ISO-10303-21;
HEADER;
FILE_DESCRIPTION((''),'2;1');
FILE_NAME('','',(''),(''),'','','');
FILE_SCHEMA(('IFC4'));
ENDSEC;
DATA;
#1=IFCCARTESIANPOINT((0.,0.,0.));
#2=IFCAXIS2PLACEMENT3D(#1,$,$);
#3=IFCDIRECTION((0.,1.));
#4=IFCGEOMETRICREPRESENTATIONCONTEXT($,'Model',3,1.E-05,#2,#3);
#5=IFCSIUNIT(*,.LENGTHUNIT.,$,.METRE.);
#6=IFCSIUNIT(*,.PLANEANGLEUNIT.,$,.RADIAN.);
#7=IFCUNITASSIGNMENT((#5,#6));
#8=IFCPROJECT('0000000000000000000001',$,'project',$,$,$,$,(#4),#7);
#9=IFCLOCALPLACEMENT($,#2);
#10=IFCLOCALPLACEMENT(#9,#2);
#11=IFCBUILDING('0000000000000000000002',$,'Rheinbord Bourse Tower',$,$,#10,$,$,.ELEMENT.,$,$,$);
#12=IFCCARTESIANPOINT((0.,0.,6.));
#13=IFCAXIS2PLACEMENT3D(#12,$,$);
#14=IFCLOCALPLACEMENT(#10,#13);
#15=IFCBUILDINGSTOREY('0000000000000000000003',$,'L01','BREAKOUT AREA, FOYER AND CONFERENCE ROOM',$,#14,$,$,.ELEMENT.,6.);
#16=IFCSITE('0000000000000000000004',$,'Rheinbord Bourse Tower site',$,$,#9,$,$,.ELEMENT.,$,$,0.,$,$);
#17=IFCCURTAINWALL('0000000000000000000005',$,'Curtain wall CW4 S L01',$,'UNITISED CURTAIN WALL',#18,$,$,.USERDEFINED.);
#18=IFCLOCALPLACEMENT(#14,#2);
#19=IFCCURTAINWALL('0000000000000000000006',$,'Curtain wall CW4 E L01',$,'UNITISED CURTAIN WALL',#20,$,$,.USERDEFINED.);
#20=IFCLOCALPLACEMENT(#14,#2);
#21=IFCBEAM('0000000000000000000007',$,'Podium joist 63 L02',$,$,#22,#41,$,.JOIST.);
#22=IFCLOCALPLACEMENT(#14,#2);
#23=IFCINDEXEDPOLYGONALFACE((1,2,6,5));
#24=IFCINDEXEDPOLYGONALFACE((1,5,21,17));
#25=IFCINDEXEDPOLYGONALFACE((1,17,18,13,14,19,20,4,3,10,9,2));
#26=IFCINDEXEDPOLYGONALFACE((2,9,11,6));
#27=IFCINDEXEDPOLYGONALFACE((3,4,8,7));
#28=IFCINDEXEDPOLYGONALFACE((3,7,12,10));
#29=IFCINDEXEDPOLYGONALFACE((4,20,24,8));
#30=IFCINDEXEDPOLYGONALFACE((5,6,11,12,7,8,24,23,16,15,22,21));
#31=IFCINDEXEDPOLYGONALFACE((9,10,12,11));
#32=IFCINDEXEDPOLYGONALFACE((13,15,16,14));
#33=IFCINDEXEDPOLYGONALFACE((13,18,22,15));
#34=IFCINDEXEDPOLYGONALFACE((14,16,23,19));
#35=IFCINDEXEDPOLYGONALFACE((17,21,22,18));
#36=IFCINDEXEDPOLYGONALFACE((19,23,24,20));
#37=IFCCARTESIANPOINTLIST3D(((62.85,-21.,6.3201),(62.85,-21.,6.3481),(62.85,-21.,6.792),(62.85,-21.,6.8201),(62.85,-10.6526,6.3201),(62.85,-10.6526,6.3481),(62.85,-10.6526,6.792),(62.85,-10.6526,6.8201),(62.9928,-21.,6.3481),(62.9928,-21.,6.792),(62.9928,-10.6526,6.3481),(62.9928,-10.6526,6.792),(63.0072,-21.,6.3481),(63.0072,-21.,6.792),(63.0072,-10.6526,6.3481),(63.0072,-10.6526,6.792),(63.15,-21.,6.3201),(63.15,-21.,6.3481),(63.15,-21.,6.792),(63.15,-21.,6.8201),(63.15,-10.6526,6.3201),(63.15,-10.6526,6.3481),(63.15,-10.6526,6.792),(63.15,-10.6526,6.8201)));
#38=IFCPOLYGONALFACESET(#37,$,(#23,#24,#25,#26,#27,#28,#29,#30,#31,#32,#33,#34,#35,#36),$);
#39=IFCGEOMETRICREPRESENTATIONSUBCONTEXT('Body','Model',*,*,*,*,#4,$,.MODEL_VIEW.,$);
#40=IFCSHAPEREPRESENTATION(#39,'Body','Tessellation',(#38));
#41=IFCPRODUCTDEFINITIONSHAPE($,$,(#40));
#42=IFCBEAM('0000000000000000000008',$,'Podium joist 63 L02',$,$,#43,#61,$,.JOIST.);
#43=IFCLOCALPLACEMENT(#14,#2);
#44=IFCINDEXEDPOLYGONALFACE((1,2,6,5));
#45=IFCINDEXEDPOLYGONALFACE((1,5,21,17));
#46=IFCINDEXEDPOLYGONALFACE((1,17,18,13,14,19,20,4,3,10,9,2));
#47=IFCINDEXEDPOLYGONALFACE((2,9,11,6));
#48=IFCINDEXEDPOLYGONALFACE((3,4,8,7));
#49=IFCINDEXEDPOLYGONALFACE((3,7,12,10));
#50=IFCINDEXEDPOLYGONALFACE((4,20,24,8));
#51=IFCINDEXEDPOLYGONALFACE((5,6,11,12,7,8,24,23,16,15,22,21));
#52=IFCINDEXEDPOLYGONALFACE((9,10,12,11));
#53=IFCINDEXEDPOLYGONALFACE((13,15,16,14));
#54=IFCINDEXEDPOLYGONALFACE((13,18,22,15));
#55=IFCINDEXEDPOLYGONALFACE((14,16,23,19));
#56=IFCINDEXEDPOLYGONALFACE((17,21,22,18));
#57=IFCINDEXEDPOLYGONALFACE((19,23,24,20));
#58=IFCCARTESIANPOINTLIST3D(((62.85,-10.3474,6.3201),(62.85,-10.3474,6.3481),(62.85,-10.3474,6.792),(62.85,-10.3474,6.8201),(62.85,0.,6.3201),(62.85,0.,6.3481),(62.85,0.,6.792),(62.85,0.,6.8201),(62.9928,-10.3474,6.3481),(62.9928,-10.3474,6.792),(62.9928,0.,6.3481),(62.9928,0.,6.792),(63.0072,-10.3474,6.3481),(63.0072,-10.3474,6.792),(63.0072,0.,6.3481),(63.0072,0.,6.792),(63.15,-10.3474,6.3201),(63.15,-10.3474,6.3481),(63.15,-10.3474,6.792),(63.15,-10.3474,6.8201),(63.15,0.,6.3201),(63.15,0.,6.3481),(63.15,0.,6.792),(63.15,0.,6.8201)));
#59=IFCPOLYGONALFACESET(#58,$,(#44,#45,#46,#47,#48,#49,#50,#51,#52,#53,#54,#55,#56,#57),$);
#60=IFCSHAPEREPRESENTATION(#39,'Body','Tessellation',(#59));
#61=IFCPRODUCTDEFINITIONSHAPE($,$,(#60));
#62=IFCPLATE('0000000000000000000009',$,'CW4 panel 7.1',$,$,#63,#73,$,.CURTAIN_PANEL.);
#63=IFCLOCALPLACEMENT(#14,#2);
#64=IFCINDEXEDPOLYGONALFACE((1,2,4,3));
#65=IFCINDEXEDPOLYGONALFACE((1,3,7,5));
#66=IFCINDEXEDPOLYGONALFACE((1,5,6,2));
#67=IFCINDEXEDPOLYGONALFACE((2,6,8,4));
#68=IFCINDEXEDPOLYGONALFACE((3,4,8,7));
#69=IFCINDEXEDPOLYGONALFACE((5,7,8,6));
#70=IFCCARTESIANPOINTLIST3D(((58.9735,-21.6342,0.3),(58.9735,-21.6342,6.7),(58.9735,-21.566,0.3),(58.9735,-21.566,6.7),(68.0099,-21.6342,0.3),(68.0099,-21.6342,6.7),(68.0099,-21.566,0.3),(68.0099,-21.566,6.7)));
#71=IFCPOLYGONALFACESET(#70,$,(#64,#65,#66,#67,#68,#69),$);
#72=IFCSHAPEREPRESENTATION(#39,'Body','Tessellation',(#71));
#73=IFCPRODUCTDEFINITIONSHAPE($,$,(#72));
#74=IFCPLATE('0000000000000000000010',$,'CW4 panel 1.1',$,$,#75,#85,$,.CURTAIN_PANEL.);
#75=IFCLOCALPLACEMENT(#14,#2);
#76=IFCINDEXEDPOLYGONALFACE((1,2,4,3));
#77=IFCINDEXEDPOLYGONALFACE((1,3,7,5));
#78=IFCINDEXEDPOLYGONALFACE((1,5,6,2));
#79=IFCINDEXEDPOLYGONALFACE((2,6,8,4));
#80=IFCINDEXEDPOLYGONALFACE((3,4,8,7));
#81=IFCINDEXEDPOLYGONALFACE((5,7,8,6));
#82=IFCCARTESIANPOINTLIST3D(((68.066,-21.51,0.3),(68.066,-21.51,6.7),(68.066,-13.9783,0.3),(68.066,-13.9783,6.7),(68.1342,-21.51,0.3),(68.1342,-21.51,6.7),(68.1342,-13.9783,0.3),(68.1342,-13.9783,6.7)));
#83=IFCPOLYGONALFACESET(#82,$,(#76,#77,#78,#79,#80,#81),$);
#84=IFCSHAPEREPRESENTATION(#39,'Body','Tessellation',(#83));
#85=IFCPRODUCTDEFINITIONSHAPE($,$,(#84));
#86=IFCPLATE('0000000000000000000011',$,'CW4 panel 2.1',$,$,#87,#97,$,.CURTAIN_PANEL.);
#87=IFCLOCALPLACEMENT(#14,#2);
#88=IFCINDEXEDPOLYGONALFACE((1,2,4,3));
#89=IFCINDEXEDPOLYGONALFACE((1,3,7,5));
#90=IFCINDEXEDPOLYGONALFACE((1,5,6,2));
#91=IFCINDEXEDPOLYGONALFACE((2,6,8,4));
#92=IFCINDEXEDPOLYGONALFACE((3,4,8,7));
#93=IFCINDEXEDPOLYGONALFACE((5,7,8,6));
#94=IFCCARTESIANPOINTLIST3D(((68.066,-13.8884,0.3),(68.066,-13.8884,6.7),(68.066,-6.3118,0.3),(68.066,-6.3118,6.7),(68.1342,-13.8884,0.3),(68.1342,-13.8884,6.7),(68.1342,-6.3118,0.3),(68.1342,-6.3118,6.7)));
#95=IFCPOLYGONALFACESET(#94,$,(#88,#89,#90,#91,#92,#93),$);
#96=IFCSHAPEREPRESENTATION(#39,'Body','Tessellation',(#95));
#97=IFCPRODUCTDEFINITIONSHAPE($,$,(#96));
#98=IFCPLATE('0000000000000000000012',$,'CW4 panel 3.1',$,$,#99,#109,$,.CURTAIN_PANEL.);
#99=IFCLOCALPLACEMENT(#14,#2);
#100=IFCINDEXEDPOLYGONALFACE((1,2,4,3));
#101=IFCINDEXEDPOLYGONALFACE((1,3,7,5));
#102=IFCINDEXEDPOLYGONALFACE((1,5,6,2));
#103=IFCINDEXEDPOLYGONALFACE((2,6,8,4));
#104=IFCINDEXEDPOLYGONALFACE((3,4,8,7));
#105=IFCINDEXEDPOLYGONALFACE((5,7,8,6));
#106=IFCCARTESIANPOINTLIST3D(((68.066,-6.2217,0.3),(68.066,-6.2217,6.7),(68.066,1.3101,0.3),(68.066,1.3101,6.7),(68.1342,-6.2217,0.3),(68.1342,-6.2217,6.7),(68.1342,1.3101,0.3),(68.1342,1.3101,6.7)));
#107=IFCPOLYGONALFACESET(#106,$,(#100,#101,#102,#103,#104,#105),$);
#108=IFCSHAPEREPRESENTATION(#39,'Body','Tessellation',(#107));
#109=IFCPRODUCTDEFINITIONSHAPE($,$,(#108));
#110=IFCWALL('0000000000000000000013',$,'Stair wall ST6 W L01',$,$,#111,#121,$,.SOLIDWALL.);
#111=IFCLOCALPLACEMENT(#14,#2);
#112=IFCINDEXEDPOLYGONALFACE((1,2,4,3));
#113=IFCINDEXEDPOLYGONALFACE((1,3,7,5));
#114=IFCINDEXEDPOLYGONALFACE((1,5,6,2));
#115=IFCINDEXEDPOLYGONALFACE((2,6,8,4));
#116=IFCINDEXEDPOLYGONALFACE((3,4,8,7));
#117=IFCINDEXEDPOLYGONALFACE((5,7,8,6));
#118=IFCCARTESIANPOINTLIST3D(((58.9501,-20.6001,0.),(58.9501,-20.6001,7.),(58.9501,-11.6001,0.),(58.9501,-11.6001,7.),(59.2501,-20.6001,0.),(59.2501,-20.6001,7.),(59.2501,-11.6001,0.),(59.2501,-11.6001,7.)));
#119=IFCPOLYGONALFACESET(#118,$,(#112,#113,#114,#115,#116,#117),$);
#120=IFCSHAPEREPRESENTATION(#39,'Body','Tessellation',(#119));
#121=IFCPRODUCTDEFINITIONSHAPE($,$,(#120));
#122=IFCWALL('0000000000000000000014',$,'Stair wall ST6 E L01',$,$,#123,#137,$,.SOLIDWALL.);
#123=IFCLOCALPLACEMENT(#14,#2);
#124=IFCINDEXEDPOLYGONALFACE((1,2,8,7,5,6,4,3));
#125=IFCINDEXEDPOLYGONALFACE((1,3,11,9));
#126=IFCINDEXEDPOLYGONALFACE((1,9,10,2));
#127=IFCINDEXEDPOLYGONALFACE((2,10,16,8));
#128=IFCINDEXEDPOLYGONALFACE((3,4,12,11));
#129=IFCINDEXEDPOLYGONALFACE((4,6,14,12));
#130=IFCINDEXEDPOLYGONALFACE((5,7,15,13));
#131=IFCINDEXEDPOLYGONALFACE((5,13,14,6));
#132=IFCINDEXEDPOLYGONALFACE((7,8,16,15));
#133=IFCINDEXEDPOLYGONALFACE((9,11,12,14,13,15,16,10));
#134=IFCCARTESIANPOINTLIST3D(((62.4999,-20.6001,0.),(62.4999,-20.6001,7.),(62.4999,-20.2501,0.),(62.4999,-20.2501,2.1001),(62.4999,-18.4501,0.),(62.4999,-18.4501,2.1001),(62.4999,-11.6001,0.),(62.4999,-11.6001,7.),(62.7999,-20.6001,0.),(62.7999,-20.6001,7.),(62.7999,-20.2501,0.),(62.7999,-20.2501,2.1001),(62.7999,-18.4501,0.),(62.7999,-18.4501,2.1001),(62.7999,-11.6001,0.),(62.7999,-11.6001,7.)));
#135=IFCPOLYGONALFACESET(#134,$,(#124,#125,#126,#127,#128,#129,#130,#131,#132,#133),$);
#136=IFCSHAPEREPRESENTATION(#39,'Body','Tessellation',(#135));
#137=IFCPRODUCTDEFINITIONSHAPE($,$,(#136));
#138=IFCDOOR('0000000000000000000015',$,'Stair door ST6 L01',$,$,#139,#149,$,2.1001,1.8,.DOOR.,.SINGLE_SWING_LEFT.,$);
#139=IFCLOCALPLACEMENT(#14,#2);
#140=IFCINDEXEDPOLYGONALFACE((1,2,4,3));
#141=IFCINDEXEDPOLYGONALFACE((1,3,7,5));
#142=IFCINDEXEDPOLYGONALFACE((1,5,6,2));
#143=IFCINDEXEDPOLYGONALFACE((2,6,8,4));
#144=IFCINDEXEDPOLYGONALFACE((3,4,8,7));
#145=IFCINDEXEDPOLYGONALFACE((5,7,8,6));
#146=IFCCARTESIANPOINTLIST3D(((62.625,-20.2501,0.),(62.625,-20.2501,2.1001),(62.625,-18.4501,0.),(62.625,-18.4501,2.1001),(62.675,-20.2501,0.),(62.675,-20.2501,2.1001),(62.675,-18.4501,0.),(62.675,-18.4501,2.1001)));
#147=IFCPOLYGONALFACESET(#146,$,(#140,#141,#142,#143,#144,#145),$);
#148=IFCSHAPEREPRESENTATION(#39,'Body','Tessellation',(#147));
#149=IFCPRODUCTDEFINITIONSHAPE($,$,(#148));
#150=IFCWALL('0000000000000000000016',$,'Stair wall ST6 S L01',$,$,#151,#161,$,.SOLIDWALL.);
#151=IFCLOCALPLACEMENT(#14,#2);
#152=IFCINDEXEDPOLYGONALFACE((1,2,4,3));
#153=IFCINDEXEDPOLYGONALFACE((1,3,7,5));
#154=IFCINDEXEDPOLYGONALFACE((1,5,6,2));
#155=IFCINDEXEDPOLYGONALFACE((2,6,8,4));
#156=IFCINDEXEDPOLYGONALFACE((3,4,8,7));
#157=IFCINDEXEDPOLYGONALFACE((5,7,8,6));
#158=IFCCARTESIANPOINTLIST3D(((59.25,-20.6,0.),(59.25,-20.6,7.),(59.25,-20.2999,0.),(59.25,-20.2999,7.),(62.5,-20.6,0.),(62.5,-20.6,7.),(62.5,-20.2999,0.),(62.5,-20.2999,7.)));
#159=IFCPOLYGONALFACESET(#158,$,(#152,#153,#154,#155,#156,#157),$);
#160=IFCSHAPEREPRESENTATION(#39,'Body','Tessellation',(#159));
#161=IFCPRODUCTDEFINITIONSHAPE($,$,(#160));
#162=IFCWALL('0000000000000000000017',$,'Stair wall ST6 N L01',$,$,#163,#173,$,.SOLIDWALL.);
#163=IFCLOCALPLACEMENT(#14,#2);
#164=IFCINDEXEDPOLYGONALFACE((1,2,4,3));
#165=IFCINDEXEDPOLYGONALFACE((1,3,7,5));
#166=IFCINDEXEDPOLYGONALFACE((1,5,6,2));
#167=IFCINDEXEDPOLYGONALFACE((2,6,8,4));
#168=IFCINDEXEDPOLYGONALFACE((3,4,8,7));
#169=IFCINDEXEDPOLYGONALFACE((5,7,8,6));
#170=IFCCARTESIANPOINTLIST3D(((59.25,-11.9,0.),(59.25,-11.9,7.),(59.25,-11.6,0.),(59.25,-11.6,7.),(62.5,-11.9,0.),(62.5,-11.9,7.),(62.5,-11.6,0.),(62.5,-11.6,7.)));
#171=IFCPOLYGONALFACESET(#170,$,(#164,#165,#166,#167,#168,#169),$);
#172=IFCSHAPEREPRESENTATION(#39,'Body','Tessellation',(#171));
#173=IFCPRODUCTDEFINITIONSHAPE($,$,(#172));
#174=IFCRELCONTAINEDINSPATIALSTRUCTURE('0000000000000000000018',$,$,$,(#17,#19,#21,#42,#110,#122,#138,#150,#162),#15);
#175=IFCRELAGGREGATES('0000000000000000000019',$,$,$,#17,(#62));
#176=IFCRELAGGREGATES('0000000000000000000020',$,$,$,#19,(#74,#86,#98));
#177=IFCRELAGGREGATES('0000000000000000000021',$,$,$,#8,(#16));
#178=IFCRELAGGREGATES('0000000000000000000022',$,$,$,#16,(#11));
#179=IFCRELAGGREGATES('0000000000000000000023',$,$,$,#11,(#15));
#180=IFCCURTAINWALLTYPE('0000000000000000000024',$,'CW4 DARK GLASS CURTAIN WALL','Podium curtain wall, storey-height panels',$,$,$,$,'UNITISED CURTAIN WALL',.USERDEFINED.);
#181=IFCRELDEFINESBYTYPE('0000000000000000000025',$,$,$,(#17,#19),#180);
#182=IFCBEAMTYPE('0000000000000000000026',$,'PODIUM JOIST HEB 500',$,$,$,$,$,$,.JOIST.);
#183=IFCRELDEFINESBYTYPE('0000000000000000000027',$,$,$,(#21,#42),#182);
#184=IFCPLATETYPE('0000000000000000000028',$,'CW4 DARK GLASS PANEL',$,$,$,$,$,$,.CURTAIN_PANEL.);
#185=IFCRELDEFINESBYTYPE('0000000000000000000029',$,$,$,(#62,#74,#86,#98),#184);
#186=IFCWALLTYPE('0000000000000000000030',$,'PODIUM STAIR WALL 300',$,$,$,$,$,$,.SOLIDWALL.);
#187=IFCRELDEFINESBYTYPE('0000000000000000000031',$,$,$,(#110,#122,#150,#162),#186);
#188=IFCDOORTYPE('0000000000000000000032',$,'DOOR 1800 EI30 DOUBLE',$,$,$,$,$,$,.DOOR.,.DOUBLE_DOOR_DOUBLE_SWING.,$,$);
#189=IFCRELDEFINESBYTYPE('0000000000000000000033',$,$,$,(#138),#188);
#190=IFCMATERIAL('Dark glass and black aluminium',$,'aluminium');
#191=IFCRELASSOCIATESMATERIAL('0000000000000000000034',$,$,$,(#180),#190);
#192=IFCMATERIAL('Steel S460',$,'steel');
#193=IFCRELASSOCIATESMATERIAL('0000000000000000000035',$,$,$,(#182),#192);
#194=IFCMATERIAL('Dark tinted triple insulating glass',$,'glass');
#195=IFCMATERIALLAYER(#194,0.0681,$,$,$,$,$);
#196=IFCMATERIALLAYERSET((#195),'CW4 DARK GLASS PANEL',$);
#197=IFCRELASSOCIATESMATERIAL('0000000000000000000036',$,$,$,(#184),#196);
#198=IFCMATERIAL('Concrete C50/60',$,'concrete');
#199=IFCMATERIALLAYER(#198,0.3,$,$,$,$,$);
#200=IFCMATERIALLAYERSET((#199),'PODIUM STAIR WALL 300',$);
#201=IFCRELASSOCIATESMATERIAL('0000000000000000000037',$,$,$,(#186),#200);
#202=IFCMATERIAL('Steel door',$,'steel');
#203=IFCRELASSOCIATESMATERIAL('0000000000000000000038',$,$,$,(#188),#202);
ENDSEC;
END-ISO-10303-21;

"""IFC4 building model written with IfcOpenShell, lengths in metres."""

from ifc_helpers import new_model, si_unit, direction, frame, frame_2d, origin, origin_2d, place, context, subcontext, project, spatial, rectangle, i_section, extrude, material, layer, layer_set, material_profile, profile_set, type_object, element, fill, aggregate, save


model = new_model("IFC4")

# Units and contexts
model_context = context("Model", 3, precision=1e-05, world=origin(), true_north=direction((0.0, 1.0)))
body_context = subcontext(model_context, "Body", "Model", "MODEL_VIEW")
ifc_project = project(units=[si_unit("LENGTHUNIT", "METRE"), si_unit("PLANEANGLEUNIT", "RADIAN")], contexts=[model_context])

# Site, building, storey
site_placement = place(None, origin())
site = spatial("IfcSite", under=ifc_project, at=site_placement, Name="Rheinbord Bourse Tower site", CompositionType="ELEMENT", RefElevation=0.0)
building_placement = place(site_placement, origin())
building = spatial("IfcBuilding", under=site, at=building_placement, Name="Rheinbord Bourse Tower", CompositionType="ELEMENT")
storey_placement = place(building_placement, frame((0.0, 0.0, 6.0)))
storey = spatial("IfcBuildingStorey", under=building, at=storey_placement, Name="L01", Description="BREAKOUT AREA, FOYER AND CONFERENCE ROOM", CompositionType="ELEMENT", Elevation=6.0)

# Curtain walls
ifc_material_1 = material(Name="Dark glass and black aluminium", Category="aluminium")
curtain_wall_type = type_object("IfcCurtainWallType", Name="CW4 DARK GLASS CURTAIN WALL", Description="Podium curtain wall, storey-height panels", ElementType="UNITISED CURTAIN WALL", PredefinedType="USERDEFINED", material=ifc_material_1)
curtain_wall_1_placement = place(storey_placement, origin())
curtain_wall_1 = element("IfcCurtainWall", 1, at=curtain_wall_1_placement, inside=storey, type_object=curtain_wall_type, Name="Curtain wall CW4 S L01", ObjectType="UNITISED CURTAIN WALL", PredefinedType="USERDEFINED")
curtain_wall_2_placement = place(storey_placement, origin())
curtain_wall_2 = element("IfcCurtainWall", 2, at=curtain_wall_2_placement, inside=storey, type_object=curtain_wall_type, Name="Curtain wall CW4 E L01", ObjectType="UNITISED CURTAIN WALL", PredefinedType="USERDEFINED")

# Beams
ifc_material_2 = material(Name="Steel S460", Category="steel")
ifc_material_profile_1 = material_profile(ifc_material_2, i_section(OverallWidth=0.3, OverallDepth=0.5, WebThickness=0.0144, FlangeThickness=0.0281, at=origin_2d()), Name="HEB 500")
ifc_profile_set_1 = profile_set([ifc_material_profile_1], Name="Steel S460")
beam_type_1 = type_object("IfcBeamType", Name="PODIUM JOIST HEB 500", PredefinedType="JOIST", material=ifc_profile_set_1)
for number, where, z_axis, x_axis, name in (
    (3, (63.0, -21.0, 6.5701), (0.0, 1.0, 0.0), (-1.0, 0.0, 0.0), "Podium joist 63 L02"),
    (4, (63.0, -10.3474, 6.5701), (0.0, 1.0, 0.0), (-1.0, 0.0, 0.0), "Podium joist 63 L02"),
):
    element("IfcBeam", number, at=place(storey_placement, frame(where, z_axis=z_axis, x_axis=x_axis)), inside=storey, type_object=beam_type_1, Name=name, PredefinedType="JOIST", context=body_context, shape_type="SweptSolid", body=[
        extrude(i_section(OverallWidth=0.3, OverallDepth=0.5, WebThickness=0.0144, FlangeThickness=0.0281, at=origin_2d()), origin(), (0.0, 0.0, 1.0), 10.3474),
    ])

# Plates
ifc_material_3 = material(Name="Dark tinted triple insulating glass", Category="glass")
ifc_layer_1 = layer(ifc_material_3, 0.0681)
ifc_layer_set_1 = layer_set([ifc_layer_1], Name="CW4 DARK GLASS PANEL")
plate_type = type_object("IfcPlateType", Name="CW4 DARK GLASS PANEL", PredefinedType="CURTAIN_PANEL", material=ifc_layer_set_1)
plate_1_placement = place(storey_placement, frame((63.4917, -21.6001, 0.3), z_axis=(0.0, 0.0, 1.0), x_axis=(1.0, 0.0, 0.0)))
plate_1 = element("IfcPlate", 5, at=plate_1_placement, type_object=plate_type, Name="CW4 panel 7.1", PredefinedType="CURTAIN_PANEL", context=body_context, shape_type="SweptSolid", body=[
    extrude(rectangle(XDim=9.0364, YDim=0.0681, at=origin_2d()), origin(), (0.0, 0.0, 1.0), 6.3999),
])
aggregate(curtain_wall_1, [plate_1])
plate_2_placement = place(storey_placement, frame((68.1001, -17.7441, 0.3), z_axis=(0.0, 0.0, 1.0), x_axis=(0.0, 1.0, 0.0)))
plate_2 = element("IfcPlate", 6, at=plate_2_placement, type_object=plate_type, Name="CW4 panel 1.1", PredefinedType="CURTAIN_PANEL", context=body_context, shape_type="SweptSolid", body=[
    extrude(rectangle(XDim=7.5317, YDim=0.0681, at=origin_2d()), origin(), (0.0, 0.0, 1.0), 6.3999),
])
plate_3_placement = place(storey_placement, frame((68.1001, -10.1001, 0.3), z_axis=(0.0, 0.0, 1.0), x_axis=(0.0, 1.0, 0.0)))
plate_3 = element("IfcPlate", 7, at=plate_3_placement, type_object=plate_type, Name="CW4 panel 2.1", PredefinedType="CURTAIN_PANEL", context=body_context, shape_type="SweptSolid", body=[
    extrude(rectangle(XDim=7.5767, YDim=0.0681, at=origin_2d()), origin(), (0.0, 0.0, 1.0), 6.3999),
])
plate_4_placement = place(storey_placement, frame((68.1001, -2.4558, 0.3), z_axis=(0.0, 0.0, 1.0), x_axis=(0.0, 1.0, 0.0)))
plate_4 = element("IfcPlate", 8, at=plate_4_placement, type_object=plate_type, Name="CW4 panel 3.1", PredefinedType="CURTAIN_PANEL", context=body_context, shape_type="SweptSolid", body=[
    extrude(rectangle(XDim=7.5317, YDim=0.0681, at=origin_2d()), origin(), (0.0, 0.0, 1.0), 6.3999),
])
aggregate(curtain_wall_2, [plate_2, plate_3, plate_4])

# Wall
ifc_material_4 = material(Name="Concrete C50/60", Category="concrete")
ifc_layer_2 = layer(ifc_material_4, 0.3)
ifc_layer_set_2 = layer_set([ifc_layer_2], Name="PODIUM STAIR WALL 300")
wall_type = type_object("IfcWallType", Name="PODIUM STAIR WALL 300", PredefinedType="SOLIDWALL", material=ifc_layer_set_2)
wall_1_placement = place(storey_placement, frame((59.1001, -20.6001, 0.0), z_axis=(0.0, 0.0, 1.0), x_axis=(0.0, 1.0, 0.0)))
element("IfcWall", 9, at=wall_1_placement, inside=storey, type_object=wall_type, Name="Stair wall ST6 W L01", PredefinedType="SOLIDWALL", context=body_context, shape_type="SweptSolid", body=[
    extrude(rectangle(XDim=9.0, YDim=0.3, at=frame_2d((4.5, 0.0))), origin(), (0.0, 0.0, 1.0), 7.0),
])

# Wall, opening, door
wall_2_placement = place(storey_placement, frame((62.6499, -20.6001, 0.0), z_axis=(0.0, 0.0, 1.0), x_axis=(0.0, 1.0, 0.0)))
wall_2 = element("IfcWall", 10, at=wall_2_placement, inside=storey, type_object=wall_type, Name="Stair wall ST6 E L01", PredefinedType="SOLIDWALL", context=body_context, shape_type="SweptSolid", body=[
    extrude(rectangle(XDim=9.0, YDim=0.3, at=frame_2d((4.5, 0.0))), origin(), (0.0, 0.0, 1.0), 7.0),
])
opening_placement = place(wall_2_placement, frame((0.3501, 0.0, 0.0)))
opening = element("IfcOpeningElement", 11, at=opening_placement, cuts=wall_2, PredefinedType="OPENING", context=body_context, shape_type="SweptSolid", body=[
    extrude(rectangle(XDim=1.8, YDim=2.1001, at=frame_2d((0.8999, 1.05))), frame((0.0, 0.1599, 0.0), z_axis=(0.0, -1.0, 0.0), x_axis=(1.0, 0.0, 0.0)), (0.0, 0.0, 1.0), 0.3201),
])
ifc_material_5 = material(Name="Steel door", Category="steel")
door_type = type_object("IfcDoorType", Name="DOOR 1800 EI30 DOUBLE", OperationType="DOUBLE_DOOR_DOUBLE_SWING", PredefinedType="DOOR", material=ifc_material_5)
door_placement = place(opening_placement, origin())
door = element("IfcDoor", 12, at=door_placement, inside=storey, type_object=door_type, Name="Stair door ST6 L01", OperationType="SINGLE_SWING_LEFT", OverallHeight=2.1001, OverallWidth=1.8, PredefinedType="DOOR", context=body_context, shape_type="SweptSolid", body=[
    extrude(rectangle(XDim=1.8, YDim=2.1001, at=frame_2d((0.8999, 1.05))), frame((0.0, 0.0249, 0.0), z_axis=(0.0, -1.0, 0.0), x_axis=(1.0, 0.0, 0.0)), (0.0, 0.0, 1.0), 0.05),
])
fill(opening, door)

# Walls
for number, where, z_axis, x_axis, name in (
    (13, (59.25, -20.45, 0.0), (0.0, 0.0, 1.0), (1.0, 0.0, 0.0), "Stair wall ST6 S L01"),
    (14, (59.25, -11.75, 0.0), (0.0, 0.0, 1.0), (1.0, 0.0, 0.0), "Stair wall ST6 N L01"),
):
    element("IfcWall", number, at=place(storey_placement, frame(where, z_axis=z_axis, x_axis=x_axis)), inside=storey, type_object=wall_type, Name=name, PredefinedType="SOLIDWALL", context=body_context, shape_type="SweptSolid", body=[
        extrude(rectangle(XDim=3.25, YDim=0.3, at=frame_2d((1.625, 0.0))), origin(), (0.0, 0.0, 1.0), 7.0),
    ])

save(model, "model.ifc")
